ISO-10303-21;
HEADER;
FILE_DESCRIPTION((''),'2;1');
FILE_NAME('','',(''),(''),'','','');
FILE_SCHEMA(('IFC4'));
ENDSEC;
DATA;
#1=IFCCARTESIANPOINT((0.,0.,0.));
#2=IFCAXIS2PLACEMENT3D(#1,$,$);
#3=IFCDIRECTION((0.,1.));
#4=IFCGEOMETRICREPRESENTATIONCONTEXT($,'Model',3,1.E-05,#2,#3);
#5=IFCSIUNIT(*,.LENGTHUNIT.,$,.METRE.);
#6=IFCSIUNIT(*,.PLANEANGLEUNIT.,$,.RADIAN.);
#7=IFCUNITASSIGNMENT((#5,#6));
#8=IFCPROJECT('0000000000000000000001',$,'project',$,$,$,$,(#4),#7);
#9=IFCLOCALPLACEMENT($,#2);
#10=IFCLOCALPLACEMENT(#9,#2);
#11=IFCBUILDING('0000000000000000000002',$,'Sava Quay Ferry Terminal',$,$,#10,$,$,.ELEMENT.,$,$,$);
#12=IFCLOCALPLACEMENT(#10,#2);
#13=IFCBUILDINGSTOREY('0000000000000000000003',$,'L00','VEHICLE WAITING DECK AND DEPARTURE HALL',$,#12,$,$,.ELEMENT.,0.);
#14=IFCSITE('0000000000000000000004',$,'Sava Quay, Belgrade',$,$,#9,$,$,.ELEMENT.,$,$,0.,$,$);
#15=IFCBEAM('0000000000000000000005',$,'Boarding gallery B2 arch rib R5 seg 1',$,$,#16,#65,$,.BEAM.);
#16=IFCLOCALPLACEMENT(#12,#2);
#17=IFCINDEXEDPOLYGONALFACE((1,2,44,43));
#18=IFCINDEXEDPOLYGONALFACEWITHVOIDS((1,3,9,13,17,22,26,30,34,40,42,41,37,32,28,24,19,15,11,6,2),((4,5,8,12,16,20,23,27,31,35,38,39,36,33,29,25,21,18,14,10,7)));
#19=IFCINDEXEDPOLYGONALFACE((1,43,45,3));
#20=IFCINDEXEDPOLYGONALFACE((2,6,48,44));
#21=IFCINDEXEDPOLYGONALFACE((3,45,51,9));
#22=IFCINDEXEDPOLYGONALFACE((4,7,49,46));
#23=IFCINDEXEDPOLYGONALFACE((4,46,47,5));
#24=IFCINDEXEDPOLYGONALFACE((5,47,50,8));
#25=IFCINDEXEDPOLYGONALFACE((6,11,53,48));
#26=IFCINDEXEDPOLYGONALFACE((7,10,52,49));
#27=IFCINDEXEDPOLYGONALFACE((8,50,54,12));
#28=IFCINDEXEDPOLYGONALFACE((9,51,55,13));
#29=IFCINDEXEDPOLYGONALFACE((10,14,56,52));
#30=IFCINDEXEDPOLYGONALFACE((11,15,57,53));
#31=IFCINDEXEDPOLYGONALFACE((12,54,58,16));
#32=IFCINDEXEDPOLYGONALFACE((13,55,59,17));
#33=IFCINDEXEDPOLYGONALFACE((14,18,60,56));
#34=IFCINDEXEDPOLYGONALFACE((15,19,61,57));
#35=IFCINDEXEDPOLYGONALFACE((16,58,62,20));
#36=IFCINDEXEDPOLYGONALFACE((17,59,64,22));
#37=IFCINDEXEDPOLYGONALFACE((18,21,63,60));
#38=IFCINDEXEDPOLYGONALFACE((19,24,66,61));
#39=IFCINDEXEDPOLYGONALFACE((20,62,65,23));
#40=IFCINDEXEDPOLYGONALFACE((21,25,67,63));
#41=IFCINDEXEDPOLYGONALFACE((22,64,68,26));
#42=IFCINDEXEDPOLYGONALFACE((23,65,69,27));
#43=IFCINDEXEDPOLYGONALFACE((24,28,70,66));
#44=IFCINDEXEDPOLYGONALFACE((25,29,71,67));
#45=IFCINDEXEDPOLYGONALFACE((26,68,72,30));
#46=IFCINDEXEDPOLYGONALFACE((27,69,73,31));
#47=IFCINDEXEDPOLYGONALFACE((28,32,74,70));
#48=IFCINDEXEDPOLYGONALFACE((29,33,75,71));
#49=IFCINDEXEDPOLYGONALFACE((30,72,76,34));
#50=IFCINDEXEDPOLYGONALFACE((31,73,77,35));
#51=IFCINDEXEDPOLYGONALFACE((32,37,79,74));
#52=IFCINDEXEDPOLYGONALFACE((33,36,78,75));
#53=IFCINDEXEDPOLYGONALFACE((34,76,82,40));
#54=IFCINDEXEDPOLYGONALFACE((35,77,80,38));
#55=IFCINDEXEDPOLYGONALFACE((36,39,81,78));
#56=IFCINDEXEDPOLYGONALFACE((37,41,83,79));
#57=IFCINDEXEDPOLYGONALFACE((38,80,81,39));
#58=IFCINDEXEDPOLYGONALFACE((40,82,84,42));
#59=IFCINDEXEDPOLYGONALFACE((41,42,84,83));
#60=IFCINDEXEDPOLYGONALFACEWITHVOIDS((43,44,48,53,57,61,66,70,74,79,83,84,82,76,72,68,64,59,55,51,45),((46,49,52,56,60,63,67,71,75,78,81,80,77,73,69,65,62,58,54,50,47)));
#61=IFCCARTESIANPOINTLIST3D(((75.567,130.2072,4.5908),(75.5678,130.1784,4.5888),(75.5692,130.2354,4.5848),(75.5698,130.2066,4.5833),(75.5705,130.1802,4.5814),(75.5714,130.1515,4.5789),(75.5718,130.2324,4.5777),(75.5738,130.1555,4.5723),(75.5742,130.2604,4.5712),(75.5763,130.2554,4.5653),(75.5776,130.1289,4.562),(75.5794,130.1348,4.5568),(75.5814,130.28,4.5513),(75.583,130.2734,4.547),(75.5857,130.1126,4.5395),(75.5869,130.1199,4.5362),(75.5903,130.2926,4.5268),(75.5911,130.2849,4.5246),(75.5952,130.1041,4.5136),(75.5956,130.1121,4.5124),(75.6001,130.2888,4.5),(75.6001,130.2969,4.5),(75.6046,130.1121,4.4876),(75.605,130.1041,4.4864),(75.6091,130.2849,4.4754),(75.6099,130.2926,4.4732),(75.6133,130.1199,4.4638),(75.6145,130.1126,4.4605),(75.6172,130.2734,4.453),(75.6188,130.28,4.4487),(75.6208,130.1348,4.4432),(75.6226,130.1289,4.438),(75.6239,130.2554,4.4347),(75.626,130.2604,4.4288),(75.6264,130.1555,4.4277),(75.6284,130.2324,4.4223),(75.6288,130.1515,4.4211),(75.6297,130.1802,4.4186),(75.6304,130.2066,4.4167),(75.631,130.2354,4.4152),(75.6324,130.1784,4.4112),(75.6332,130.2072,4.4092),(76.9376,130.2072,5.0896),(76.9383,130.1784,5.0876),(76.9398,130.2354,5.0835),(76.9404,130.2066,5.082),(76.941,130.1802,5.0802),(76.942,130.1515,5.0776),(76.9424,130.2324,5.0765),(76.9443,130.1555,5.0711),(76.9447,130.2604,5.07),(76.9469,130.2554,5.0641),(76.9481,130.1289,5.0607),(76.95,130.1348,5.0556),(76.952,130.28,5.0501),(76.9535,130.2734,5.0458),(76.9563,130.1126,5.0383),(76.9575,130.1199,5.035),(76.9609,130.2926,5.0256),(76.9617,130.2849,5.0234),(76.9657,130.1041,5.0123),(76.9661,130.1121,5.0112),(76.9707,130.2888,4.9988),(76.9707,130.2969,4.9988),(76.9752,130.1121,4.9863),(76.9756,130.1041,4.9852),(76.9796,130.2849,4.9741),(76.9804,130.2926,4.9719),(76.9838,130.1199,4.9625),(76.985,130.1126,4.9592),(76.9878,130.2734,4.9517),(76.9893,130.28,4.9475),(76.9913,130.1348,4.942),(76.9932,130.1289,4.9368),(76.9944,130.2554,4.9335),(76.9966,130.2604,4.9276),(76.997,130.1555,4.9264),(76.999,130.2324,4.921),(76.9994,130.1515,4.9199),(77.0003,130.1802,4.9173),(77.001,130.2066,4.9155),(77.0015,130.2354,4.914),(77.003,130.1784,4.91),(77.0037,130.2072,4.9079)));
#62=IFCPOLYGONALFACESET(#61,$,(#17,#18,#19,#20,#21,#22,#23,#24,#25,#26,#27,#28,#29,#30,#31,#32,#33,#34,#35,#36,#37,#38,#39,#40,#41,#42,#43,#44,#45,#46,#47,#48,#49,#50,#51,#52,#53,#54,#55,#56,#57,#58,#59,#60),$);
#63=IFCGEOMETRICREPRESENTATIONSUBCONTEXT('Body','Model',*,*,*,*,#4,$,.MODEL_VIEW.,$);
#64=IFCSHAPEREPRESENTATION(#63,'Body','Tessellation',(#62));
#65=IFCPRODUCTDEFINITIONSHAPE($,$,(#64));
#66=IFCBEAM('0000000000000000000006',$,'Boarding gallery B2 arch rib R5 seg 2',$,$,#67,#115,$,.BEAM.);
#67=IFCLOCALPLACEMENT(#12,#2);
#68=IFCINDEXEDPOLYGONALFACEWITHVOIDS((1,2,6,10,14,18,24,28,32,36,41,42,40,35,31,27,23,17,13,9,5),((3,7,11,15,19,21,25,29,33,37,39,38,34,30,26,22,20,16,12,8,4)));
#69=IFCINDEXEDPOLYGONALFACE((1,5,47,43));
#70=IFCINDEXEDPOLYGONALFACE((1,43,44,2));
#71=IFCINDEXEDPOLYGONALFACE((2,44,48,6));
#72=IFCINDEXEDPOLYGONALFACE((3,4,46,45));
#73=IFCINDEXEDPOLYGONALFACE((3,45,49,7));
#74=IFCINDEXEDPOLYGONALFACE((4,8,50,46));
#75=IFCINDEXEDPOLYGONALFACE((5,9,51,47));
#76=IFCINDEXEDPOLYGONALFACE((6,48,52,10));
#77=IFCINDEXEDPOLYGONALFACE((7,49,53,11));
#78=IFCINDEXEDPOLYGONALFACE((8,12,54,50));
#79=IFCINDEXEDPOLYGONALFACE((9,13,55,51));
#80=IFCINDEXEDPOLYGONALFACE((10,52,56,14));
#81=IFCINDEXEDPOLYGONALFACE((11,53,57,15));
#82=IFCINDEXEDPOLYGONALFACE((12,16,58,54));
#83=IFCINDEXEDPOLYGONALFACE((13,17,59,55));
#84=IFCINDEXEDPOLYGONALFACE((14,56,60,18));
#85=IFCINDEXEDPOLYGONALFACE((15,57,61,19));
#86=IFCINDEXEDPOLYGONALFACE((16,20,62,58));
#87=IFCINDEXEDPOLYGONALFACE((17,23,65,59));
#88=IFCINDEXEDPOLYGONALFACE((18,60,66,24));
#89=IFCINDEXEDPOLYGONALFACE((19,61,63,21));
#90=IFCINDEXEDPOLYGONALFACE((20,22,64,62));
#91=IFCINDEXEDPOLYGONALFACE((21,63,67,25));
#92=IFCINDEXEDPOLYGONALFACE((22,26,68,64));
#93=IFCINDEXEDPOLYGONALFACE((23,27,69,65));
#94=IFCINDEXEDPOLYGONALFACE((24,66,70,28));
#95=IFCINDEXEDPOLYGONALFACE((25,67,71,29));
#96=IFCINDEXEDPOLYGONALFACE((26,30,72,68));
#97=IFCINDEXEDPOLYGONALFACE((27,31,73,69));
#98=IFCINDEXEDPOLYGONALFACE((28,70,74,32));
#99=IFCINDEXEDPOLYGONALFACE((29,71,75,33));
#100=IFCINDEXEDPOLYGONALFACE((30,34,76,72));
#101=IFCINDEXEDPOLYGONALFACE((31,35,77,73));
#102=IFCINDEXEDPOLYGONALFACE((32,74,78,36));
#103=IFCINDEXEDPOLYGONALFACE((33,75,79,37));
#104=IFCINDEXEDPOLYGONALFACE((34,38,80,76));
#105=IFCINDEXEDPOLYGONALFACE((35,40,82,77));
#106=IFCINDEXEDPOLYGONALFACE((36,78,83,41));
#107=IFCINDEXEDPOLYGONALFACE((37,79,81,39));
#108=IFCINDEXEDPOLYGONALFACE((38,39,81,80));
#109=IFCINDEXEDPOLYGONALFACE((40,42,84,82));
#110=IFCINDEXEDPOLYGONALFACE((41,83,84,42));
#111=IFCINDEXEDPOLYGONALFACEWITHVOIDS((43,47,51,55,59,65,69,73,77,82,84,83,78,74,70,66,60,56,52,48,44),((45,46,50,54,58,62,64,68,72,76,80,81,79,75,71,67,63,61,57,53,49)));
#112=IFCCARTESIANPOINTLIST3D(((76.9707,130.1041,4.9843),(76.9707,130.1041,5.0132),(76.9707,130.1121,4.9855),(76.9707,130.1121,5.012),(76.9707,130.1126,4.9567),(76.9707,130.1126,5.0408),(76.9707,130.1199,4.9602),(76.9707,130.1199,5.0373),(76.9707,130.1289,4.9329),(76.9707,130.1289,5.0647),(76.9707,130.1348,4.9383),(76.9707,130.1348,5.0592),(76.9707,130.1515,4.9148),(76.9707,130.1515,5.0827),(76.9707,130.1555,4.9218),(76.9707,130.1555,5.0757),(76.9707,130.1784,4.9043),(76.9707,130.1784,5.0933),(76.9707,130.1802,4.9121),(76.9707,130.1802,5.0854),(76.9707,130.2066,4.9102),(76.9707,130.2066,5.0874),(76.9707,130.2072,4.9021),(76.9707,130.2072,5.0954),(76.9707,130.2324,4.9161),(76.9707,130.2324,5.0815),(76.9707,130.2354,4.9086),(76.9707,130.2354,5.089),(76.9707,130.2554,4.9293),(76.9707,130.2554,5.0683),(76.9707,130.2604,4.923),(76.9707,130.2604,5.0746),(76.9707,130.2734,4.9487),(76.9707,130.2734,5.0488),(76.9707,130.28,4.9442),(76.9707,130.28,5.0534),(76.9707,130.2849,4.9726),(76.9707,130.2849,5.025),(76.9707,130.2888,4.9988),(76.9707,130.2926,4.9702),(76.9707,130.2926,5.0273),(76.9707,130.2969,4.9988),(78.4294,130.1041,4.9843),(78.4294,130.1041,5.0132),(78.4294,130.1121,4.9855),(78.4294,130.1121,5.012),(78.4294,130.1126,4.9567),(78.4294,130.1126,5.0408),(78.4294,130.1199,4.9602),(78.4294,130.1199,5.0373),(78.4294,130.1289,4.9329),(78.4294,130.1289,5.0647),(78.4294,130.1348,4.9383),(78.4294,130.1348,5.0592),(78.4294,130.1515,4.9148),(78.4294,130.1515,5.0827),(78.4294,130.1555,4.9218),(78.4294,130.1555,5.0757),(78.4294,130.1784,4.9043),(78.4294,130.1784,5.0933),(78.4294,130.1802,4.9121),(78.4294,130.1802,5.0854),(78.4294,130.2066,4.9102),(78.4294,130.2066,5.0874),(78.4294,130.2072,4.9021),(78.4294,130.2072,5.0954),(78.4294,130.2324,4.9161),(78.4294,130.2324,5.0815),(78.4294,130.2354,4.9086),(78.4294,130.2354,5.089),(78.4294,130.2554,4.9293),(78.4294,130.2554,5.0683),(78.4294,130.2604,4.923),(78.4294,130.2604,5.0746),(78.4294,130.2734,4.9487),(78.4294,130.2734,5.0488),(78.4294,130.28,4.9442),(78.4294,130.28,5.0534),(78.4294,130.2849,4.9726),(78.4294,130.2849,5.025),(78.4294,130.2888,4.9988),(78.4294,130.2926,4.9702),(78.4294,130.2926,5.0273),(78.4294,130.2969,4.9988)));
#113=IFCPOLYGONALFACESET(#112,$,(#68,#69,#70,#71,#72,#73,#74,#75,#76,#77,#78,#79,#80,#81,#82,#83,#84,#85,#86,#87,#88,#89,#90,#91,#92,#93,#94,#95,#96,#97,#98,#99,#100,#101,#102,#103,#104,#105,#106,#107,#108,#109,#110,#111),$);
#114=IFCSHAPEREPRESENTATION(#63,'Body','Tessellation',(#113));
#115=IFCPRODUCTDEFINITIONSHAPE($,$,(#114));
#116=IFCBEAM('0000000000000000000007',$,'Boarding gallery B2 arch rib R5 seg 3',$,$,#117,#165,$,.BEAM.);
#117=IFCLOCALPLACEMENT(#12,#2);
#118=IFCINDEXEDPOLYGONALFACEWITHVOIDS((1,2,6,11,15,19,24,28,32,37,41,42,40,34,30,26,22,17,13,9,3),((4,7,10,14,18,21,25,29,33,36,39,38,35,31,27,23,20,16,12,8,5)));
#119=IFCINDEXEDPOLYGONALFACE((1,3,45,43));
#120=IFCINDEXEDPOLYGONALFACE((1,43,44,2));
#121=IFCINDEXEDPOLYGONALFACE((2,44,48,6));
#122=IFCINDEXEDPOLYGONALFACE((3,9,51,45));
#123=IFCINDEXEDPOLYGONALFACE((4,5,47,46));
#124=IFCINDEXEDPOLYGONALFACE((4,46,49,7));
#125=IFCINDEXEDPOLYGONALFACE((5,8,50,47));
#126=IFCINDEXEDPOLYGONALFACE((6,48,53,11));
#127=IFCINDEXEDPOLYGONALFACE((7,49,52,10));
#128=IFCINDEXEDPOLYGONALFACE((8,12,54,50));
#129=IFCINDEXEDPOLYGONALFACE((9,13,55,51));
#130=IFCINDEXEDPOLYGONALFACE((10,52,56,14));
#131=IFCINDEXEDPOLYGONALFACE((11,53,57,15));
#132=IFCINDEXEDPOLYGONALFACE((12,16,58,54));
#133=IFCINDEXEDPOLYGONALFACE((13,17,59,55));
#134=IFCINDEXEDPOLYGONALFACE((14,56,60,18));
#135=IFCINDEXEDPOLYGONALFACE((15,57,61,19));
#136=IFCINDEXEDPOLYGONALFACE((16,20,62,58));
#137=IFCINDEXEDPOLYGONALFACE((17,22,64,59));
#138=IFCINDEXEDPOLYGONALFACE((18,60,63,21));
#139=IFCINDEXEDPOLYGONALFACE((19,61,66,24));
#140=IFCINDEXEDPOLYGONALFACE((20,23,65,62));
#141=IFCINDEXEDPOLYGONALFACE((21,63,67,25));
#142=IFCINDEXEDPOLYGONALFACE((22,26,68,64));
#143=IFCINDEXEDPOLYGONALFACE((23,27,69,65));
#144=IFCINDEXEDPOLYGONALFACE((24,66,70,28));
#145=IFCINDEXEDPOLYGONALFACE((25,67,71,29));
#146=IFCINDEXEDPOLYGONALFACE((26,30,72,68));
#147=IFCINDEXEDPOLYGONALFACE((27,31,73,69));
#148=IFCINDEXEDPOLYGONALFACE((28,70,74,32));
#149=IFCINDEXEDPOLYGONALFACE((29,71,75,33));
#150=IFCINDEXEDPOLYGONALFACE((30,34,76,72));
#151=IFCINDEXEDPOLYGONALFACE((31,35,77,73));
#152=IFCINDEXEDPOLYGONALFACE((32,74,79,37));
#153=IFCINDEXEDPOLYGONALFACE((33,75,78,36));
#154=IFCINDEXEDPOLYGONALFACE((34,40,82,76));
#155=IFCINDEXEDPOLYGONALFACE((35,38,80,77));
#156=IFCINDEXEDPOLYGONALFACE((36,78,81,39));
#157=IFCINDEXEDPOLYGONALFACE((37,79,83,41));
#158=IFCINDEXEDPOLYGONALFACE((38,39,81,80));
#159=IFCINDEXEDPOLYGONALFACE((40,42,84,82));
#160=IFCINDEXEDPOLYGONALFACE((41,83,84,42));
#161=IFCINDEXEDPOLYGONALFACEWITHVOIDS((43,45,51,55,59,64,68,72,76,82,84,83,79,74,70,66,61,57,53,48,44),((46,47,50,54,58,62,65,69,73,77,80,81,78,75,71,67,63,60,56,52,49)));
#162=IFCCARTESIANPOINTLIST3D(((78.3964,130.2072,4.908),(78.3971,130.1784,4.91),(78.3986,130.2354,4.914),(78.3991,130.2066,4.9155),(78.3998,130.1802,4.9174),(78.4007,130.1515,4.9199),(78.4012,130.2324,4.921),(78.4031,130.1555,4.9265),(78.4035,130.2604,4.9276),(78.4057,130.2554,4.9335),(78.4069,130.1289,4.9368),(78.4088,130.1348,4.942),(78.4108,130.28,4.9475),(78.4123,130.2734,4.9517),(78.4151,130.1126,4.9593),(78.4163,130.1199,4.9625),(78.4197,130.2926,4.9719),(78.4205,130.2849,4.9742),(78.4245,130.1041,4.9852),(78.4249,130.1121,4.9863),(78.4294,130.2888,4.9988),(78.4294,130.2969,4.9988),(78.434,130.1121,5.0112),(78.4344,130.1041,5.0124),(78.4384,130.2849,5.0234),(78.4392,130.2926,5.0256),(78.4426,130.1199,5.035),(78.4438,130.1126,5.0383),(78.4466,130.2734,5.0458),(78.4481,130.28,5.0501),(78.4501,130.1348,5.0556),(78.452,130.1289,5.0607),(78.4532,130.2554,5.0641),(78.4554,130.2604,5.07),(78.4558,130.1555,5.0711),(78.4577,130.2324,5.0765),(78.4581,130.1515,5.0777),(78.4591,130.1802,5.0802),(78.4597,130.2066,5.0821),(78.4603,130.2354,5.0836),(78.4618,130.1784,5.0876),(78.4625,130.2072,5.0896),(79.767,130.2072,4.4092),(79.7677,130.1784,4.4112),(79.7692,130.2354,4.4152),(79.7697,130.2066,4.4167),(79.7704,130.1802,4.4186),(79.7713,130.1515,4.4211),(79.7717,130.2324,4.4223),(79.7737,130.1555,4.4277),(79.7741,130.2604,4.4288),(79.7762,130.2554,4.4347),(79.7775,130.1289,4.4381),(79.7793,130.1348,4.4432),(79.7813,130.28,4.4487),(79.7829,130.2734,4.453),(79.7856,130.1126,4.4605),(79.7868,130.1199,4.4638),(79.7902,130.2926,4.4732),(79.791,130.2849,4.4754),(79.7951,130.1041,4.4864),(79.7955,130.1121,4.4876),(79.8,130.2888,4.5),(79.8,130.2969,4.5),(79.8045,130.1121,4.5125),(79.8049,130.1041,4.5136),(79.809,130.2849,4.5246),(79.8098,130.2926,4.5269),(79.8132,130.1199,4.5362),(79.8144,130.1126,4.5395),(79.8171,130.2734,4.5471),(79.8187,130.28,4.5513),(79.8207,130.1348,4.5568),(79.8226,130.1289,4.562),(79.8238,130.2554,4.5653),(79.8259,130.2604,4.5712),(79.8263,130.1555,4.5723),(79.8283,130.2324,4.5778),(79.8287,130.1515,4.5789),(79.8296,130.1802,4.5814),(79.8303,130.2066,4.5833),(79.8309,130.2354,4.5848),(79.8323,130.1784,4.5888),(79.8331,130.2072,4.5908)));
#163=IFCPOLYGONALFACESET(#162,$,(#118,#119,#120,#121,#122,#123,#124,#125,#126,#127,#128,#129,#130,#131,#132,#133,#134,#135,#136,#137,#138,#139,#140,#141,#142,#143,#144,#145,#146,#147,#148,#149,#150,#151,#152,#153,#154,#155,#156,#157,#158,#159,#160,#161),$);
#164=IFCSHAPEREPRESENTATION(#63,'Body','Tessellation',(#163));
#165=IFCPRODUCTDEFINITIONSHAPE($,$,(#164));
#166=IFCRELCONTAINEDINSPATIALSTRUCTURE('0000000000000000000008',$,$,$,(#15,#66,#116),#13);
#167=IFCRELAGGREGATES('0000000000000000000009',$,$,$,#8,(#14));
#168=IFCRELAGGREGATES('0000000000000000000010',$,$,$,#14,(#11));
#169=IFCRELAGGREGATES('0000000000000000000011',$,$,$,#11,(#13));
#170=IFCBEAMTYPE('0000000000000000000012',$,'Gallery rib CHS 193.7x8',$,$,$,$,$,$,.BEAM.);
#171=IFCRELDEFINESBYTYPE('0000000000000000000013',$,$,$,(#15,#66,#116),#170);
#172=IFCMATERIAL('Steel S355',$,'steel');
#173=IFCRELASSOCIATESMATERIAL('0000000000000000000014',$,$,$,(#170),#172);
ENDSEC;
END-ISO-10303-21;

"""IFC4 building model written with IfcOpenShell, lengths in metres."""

from ifc_helpers import new_model, si_unit, direction, frame, origin, origin_2d, place, context, subcontext, project, spatial, hollow_circle, extrude, material, material_profile, profile_set, type_object, element, save


model = new_model("IFC4")

# Units and contexts
model_context = context("Model", 3, precision=1e-05, world=origin(), true_north=direction((0.0, 1.0)))
body_context = subcontext(model_context, "Body", "Model", "MODEL_VIEW")
ifc_project = project(units=[si_unit("LENGTHUNIT", "METRE"), si_unit("PLANEANGLEUNIT", "RADIAN")], contexts=[model_context])

# Site, building, storey
site_placement = place(None, origin())
site = spatial("IfcSite", under=ifc_project, at=site_placement, Name="Sava Quay, Belgrade", CompositionType="ELEMENT", RefElevation=0.0)
building_placement = place(site_placement, origin())
building = spatial("IfcBuilding", under=site, at=building_placement, Name="Sava Quay Ferry Terminal", CompositionType="ELEMENT")
storey_placement = place(building_placement, origin())
storey = spatial("IfcBuildingStorey", under=building, at=storey_placement, Name="L00", Description="VEHICLE WAITING DECK AND DEPARTURE HALL", CompositionType="ELEMENT", Elevation=0.0)

# Beams
ifc_material_1 = material(Name="Steel S355", Category="steel")
ifc_material_profile_1 = material_profile(ifc_material_1, hollow_circle(Radius=0.0969, WallThickness=0.0081, at=origin_2d()), Name="CHS 193.7 x 8.0")
ifc_profile_set_1 = profile_set([ifc_material_profile_1], Name="Steel S355")
beam_type_1 = type_object("IfcBeamType", Name="Gallery rib CHS 193.7x8", PredefinedType="BEAM", material=ifc_profile_set_1)
beam_1_placement = place(storey_placement, frame((75.6001, 130.2, 4.5), z_axis=(0.93971, 0.0, 0.341972), x_axis=(0.0, 1.0, 0.0)))
element("IfcBeam", 1, at=beam_1_placement, inside=storey, type_object=beam_type_1, Name="Boarding gallery B2 arch rib R5 seg 1", PredefinedType="BEAM", context=body_context, shape_type="SweptSolid", body=[
    extrude(hollow_circle(Radius=0.0969, WallThickness=0.0081, at=origin_2d()), origin(), (0.0, 0.0, 1.0), 1.4585),
])
beam_2_placement = place(storey_placement, frame((76.9707, 130.2, 4.9988), z_axis=(1.0, 0.0, 0.0), x_axis=(0.0, 1.0, 0.0)))
element("IfcBeam", 2, at=beam_2_placement, inside=storey, type_object=beam_type_1, Name="Boarding gallery B2 arch rib R5 seg 2", PredefinedType="BEAM", context=body_context, shape_type="SweptSolid", body=[
    extrude(hollow_circle(Radius=0.0969, WallThickness=0.0081, at=origin_2d()), origin(), (0.0, 0.0, 1.0), 1.4587),
])
beam_3_placement = place(storey_placement, frame((78.4294, 130.2, 4.9988), z_axis=(0.93971, 0.0, -0.341972), x_axis=(0.0, 1.0, 0.0)))
element("IfcBeam", 3, at=beam_3_placement, inside=storey, type_object=beam_type_1, Name="Boarding gallery B2 arch rib R5 seg 3", PredefinedType="BEAM", context=body_context, shape_type="SweptSolid", body=[
    extrude(hollow_circle(Radius=0.0969, WallThickness=0.0081, at=origin_2d()), origin(), (0.0, 0.0, 1.0), 1.4585),
])

save(model, "model.ifc")
